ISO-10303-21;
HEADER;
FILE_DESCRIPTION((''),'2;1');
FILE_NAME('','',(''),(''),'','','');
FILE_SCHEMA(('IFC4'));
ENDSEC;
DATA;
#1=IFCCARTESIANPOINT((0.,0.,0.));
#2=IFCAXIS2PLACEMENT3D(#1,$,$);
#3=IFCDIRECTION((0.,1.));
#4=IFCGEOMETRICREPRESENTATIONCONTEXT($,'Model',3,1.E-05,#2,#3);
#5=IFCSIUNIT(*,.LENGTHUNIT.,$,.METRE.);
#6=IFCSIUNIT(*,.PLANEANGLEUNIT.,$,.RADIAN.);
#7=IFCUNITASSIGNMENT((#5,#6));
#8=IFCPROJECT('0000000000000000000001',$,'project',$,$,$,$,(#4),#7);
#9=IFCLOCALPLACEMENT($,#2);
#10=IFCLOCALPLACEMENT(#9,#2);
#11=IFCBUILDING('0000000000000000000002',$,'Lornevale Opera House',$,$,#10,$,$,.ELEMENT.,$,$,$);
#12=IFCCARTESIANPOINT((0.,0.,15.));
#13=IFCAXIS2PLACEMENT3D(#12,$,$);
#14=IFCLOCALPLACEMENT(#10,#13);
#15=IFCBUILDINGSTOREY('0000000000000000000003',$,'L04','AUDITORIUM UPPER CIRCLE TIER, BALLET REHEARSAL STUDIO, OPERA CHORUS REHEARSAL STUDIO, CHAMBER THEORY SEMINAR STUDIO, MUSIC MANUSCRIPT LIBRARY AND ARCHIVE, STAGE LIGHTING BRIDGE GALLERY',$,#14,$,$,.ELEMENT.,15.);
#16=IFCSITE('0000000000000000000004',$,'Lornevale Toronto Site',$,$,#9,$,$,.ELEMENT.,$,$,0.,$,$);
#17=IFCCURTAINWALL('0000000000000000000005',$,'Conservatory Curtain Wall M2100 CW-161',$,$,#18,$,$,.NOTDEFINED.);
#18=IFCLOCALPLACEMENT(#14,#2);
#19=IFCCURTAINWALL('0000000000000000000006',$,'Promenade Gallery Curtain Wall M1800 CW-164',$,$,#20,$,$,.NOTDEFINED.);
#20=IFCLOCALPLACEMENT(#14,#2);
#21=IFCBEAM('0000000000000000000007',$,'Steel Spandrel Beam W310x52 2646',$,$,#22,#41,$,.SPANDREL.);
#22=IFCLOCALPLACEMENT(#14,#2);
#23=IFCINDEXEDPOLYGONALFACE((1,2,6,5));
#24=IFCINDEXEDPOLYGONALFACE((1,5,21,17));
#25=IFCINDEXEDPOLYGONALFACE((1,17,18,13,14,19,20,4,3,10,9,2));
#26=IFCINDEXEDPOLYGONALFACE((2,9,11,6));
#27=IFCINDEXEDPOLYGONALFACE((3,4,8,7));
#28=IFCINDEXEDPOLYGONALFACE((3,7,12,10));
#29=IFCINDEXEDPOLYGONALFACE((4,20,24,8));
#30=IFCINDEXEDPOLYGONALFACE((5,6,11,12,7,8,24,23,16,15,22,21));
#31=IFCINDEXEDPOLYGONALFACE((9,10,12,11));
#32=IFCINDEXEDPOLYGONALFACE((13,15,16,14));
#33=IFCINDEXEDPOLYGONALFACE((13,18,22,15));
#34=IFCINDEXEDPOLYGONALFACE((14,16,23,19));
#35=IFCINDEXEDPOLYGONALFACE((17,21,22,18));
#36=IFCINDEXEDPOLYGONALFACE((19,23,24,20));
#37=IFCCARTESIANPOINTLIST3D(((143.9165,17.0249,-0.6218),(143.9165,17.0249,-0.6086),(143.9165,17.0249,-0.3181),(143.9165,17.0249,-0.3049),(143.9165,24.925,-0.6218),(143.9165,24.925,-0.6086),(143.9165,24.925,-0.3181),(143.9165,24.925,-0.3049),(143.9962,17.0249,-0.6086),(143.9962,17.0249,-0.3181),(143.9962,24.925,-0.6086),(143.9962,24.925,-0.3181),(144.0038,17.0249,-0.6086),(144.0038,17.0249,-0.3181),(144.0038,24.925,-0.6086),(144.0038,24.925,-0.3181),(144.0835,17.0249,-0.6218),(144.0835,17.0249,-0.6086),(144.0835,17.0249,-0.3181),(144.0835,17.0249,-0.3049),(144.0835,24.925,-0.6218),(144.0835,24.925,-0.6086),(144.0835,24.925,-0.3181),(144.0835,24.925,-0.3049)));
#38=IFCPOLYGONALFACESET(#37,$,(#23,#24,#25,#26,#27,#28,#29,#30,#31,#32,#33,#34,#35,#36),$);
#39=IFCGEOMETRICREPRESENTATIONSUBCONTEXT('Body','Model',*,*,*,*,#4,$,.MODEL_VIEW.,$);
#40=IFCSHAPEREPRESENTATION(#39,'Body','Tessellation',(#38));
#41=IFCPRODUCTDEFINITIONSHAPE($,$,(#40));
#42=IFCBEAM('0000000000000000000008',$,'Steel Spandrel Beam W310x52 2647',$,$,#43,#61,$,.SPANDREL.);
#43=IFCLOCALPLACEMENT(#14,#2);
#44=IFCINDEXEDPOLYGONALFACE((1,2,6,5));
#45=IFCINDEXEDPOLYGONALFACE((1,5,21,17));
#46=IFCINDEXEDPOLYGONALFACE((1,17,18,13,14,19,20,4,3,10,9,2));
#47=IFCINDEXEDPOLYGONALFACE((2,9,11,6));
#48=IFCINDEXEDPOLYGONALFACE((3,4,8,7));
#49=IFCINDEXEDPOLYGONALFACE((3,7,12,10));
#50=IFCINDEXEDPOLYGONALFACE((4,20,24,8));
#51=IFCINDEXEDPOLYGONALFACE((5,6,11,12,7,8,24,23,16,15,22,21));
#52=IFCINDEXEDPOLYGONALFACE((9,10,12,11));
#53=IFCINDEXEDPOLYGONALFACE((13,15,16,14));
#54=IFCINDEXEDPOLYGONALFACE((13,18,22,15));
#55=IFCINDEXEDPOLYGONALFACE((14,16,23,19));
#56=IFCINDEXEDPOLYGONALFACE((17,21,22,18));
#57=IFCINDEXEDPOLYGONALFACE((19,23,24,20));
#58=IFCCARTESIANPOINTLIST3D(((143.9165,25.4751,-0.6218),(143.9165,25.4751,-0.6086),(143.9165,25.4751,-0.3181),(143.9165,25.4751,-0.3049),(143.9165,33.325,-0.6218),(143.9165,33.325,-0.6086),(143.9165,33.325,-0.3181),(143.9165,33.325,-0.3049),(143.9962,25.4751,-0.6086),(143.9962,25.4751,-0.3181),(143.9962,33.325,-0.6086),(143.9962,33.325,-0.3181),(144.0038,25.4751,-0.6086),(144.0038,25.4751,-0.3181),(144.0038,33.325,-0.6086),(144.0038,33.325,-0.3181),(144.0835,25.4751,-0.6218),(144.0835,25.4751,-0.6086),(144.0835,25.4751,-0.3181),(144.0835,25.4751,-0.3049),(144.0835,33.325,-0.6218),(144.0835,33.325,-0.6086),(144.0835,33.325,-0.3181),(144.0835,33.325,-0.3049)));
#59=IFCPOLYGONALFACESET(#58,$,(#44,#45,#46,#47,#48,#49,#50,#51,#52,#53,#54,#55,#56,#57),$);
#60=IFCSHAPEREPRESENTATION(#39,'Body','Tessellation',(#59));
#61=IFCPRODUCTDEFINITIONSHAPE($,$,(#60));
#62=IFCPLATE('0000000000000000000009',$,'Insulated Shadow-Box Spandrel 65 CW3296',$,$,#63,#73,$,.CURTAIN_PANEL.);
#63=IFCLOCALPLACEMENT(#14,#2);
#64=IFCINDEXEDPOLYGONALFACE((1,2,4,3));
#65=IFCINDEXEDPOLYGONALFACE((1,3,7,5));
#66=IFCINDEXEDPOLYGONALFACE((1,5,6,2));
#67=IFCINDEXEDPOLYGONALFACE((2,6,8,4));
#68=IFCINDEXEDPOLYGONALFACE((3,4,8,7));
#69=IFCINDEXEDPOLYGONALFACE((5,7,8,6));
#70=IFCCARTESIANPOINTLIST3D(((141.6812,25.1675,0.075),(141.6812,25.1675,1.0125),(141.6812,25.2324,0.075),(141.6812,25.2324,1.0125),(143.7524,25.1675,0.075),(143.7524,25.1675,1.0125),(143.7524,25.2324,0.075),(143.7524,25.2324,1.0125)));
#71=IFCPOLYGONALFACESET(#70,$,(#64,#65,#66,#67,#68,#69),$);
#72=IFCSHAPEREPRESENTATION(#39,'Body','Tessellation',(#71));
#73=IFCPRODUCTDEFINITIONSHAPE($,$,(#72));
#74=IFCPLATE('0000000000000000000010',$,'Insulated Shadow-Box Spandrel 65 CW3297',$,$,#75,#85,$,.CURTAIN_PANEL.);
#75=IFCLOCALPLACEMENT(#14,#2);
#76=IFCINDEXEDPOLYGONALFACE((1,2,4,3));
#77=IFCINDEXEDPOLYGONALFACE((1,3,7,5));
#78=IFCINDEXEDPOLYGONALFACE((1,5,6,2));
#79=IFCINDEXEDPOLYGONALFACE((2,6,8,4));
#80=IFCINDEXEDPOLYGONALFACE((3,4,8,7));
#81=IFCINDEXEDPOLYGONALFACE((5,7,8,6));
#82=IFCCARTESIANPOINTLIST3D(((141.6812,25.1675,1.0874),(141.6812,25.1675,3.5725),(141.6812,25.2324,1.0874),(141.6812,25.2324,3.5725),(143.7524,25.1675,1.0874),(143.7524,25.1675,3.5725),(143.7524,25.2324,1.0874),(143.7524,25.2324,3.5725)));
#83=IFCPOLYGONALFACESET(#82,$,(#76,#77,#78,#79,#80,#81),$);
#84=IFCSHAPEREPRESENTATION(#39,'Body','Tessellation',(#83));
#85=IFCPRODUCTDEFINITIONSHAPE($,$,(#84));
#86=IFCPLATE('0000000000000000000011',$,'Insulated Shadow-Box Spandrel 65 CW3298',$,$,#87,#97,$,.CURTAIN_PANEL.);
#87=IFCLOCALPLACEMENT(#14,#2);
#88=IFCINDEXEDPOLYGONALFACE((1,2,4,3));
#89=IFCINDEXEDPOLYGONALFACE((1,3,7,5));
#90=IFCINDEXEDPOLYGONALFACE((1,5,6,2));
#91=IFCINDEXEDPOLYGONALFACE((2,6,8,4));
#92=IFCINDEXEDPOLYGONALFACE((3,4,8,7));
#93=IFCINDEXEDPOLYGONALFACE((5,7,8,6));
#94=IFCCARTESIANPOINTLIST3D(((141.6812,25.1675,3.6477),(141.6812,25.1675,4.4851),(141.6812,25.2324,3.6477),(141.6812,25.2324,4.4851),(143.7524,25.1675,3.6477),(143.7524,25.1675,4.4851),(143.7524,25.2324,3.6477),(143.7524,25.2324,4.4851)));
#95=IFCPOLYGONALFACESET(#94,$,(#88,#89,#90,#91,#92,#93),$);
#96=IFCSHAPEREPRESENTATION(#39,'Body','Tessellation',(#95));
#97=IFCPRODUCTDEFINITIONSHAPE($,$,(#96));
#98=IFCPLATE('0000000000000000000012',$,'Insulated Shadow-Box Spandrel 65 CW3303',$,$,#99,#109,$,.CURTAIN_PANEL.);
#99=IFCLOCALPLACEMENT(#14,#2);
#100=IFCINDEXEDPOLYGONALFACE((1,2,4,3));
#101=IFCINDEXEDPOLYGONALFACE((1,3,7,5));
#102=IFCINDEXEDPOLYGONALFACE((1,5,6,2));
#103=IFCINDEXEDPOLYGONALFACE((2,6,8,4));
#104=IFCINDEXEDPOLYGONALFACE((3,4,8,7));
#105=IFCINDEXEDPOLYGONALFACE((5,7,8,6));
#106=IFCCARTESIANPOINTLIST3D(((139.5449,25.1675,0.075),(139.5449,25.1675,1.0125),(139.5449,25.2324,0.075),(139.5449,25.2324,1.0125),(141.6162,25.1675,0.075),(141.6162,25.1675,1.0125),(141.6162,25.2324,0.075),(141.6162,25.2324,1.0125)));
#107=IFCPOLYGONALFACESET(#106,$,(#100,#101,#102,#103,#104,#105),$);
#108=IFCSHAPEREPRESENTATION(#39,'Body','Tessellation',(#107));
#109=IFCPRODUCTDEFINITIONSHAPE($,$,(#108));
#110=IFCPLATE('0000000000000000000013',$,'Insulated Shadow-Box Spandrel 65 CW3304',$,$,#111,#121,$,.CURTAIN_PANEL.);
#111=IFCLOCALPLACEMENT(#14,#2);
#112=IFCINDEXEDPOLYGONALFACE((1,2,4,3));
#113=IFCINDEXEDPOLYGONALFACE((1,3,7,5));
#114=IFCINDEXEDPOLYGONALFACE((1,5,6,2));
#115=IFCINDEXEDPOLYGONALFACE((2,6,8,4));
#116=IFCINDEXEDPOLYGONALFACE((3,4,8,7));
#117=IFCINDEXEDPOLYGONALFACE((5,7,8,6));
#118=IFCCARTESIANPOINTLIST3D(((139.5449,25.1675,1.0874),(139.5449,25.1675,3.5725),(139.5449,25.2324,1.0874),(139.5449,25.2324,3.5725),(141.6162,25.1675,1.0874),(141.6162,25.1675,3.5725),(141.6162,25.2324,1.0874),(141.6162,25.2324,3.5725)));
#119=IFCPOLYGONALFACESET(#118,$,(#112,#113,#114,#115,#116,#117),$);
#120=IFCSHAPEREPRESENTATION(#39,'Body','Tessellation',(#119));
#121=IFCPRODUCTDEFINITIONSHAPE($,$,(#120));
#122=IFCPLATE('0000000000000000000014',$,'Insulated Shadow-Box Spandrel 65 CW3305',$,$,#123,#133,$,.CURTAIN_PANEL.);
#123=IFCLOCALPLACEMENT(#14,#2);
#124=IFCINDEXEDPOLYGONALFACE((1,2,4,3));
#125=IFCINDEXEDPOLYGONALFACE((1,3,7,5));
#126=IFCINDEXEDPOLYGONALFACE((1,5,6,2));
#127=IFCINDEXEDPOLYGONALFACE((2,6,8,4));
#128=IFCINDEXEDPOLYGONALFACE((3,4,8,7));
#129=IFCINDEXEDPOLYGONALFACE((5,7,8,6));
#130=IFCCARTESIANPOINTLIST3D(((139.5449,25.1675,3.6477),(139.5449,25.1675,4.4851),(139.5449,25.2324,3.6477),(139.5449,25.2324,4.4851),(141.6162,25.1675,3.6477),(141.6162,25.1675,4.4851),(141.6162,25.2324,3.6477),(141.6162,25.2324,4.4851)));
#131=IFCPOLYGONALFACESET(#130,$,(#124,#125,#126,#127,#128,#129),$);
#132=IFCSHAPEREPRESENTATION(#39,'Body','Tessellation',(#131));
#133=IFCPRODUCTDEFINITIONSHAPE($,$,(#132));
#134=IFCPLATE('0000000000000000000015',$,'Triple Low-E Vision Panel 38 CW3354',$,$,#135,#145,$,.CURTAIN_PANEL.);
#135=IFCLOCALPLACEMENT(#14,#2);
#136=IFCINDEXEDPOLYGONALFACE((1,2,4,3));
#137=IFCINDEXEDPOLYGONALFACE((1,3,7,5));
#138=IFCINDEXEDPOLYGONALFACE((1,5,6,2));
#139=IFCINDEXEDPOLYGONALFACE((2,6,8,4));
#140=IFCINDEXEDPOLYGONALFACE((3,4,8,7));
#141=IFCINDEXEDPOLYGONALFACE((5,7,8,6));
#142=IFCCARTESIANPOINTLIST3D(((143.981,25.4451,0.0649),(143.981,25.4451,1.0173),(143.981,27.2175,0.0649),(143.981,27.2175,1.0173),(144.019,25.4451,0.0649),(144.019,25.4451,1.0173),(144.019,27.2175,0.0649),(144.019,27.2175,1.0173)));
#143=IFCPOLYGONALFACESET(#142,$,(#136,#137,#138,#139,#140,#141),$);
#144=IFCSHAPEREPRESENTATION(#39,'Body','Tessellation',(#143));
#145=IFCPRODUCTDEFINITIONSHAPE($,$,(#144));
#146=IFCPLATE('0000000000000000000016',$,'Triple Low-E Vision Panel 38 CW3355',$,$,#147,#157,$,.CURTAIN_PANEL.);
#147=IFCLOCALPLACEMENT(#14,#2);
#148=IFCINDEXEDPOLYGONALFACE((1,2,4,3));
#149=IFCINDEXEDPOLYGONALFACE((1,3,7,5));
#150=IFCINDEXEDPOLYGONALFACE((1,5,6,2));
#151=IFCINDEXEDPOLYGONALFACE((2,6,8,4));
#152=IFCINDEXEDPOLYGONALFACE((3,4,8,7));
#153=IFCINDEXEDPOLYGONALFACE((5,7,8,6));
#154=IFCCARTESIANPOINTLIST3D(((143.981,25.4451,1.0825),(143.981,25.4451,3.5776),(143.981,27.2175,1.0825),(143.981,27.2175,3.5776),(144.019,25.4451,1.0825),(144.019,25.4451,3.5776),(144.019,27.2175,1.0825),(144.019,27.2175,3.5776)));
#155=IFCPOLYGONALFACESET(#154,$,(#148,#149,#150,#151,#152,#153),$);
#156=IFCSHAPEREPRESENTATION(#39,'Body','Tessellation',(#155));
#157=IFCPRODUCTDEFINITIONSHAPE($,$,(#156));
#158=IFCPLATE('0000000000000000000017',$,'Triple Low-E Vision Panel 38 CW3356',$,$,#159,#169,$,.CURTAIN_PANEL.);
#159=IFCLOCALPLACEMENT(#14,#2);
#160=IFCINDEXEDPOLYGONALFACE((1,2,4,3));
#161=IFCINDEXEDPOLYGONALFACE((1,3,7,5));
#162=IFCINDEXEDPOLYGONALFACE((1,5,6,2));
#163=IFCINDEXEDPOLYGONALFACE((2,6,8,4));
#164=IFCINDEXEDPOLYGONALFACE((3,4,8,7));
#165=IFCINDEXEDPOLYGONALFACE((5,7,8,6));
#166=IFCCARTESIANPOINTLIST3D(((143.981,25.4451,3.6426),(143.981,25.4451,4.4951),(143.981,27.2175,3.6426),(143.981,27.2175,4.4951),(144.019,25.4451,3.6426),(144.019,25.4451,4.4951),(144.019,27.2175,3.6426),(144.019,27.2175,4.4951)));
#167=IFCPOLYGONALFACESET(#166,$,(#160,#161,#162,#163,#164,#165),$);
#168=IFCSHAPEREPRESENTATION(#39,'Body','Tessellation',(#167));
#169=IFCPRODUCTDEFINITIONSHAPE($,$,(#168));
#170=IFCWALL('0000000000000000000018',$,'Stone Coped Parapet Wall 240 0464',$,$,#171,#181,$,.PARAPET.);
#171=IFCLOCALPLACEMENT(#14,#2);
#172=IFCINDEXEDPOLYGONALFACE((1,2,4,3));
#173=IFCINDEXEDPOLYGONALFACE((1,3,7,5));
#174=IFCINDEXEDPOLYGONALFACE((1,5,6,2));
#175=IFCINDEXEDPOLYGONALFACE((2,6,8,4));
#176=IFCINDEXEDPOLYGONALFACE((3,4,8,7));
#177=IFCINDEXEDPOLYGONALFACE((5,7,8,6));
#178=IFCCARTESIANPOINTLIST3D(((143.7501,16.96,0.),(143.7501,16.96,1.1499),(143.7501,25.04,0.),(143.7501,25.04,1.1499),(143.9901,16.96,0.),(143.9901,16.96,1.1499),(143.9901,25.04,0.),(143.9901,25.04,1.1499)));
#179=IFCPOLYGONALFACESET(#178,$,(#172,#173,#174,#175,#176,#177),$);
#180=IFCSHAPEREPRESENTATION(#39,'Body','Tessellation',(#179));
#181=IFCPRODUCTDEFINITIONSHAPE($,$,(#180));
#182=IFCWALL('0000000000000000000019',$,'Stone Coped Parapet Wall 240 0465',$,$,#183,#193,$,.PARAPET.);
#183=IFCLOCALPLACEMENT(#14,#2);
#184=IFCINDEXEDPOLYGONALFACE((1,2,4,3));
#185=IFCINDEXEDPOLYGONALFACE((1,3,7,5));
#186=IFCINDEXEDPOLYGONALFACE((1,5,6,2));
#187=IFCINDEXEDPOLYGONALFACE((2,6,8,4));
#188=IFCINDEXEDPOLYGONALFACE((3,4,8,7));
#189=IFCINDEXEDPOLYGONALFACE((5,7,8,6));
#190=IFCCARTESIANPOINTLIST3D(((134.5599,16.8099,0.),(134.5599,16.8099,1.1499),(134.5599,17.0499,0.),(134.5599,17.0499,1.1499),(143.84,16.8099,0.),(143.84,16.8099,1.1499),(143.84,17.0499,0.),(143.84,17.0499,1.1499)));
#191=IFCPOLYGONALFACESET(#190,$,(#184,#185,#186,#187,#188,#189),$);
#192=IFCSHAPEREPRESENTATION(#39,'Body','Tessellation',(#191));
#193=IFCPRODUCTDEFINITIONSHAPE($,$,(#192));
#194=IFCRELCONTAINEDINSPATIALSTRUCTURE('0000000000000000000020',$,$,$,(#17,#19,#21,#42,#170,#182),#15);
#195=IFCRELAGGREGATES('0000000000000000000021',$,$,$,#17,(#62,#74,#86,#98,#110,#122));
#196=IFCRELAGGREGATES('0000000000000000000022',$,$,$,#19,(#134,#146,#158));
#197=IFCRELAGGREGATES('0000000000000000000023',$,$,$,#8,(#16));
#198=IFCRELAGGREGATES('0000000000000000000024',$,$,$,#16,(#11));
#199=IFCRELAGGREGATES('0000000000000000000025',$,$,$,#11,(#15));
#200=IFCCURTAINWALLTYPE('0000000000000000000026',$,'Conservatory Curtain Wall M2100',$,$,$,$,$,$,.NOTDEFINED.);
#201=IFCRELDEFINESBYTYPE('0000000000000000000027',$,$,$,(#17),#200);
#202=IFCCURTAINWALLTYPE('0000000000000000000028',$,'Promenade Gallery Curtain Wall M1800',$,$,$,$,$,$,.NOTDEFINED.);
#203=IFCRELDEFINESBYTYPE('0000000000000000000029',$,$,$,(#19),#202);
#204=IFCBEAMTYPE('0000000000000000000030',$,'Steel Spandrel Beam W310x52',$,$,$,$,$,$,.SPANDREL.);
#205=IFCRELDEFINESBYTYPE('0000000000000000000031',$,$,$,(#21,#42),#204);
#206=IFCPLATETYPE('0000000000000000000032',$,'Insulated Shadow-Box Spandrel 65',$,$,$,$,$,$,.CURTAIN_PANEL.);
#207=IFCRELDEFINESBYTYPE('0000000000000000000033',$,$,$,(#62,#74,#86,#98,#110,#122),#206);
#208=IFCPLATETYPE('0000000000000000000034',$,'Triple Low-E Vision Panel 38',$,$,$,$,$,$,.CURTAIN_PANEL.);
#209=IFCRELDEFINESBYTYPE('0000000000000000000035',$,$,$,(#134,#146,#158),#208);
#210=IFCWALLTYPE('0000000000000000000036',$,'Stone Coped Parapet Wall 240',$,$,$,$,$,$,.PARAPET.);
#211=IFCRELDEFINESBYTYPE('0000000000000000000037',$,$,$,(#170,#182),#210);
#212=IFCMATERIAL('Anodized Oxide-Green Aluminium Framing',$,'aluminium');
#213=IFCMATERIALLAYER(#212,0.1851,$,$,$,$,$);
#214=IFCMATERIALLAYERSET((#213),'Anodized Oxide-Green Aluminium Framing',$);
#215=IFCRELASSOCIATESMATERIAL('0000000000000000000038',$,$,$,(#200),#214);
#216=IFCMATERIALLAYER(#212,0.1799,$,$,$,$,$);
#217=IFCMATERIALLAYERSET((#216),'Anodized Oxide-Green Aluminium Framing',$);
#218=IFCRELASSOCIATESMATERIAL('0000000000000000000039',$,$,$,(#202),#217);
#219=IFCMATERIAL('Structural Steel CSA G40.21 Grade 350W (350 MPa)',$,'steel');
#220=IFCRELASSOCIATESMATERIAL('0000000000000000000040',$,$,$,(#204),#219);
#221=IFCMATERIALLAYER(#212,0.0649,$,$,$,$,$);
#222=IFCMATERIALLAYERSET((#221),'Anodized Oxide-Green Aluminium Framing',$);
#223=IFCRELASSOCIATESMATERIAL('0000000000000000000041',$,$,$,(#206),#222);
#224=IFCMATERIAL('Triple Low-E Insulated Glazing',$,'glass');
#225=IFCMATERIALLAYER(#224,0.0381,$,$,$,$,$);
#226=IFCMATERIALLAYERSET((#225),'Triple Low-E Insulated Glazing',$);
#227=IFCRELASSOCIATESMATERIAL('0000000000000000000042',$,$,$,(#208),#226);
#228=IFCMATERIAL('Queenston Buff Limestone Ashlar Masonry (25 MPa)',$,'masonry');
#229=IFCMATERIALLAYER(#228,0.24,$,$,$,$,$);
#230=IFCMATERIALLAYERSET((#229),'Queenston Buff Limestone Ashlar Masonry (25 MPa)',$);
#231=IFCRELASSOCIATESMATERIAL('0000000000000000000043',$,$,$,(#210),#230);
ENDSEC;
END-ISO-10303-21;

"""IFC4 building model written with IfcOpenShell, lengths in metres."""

from ifc_helpers import new_model, si_unit, direction, frame, frame_2d, origin, origin_2d, place, context, subcontext, project, spatial, rectangle, i_section, extrude, material, layer, layer_set, material_profile, profile_set, type_object, element, aggregate, save


model = new_model("IFC4")

# Units and contexts
model_context = context("Model", 3, precision=1e-05, world=origin(), true_north=direction((0.0, 1.0)))
body_context = subcontext(model_context, "Body", "Model", "MODEL_VIEW")
ifc_project = project(units=[si_unit("LENGTHUNIT", "METRE"), si_unit("PLANEANGLEUNIT", "RADIAN")], contexts=[model_context])

# Site, building, storey
site_placement = place(None, origin())
site = spatial("IfcSite", under=ifc_project, at=site_placement, Name="Lornevale Toronto Site", CompositionType="ELEMENT", RefElevation=0.0)
building_placement = place(site_placement, origin())
building = spatial("IfcBuilding", under=site, at=building_placement, Name="Lornevale Opera House", CompositionType="ELEMENT")
storey_placement = place(building_placement, frame((0.0, 0.0, 15.0)))
storey = spatial("IfcBuildingStorey", under=building, at=storey_placement, Name="L04", Description="AUDITORIUM UPPER CIRCLE TIER, BALLET REHEARSAL STUDIO, OPERA CHORUS REHEARSAL STUDIO, CHAMBER THEORY SEMINAR STUDIO, MUSIC MANUSCRIPT LIBRARY AND ARCHIVE, STAGE LIGHTING BRIDGE GALLERY", CompositionType="ELEMENT", Elevation=15.0)

# Shared definitions
ifc_material_1 = material(Name="Structural Steel CSA G40.21 Grade 350W (350 MPa)", Category="steel")

# Curtain wall
ifc_material_2 = material(Name="Anodized Oxide-Green Aluminium Framing", Category="aluminium")
ifc_layer_1 = layer(ifc_material_2, 0.1851)
ifc_layer_set_1 = layer_set([ifc_layer_1], Name="Anodized Oxide-Green Aluminium Framing")
curtain_wall_type_1 = type_object("IfcCurtainWallType", Name="Conservatory Curtain Wall M2100", PredefinedType="NOTDEFINED", material=ifc_layer_set_1)
curtain_wall_1_placement = place(storey_placement, origin())
curtain_wall_1 = element("IfcCurtainWall", 1, at=curtain_wall_1_placement, inside=storey, type_object=curtain_wall_type_1, Name="Conservatory Curtain Wall M2100 CW-161", PredefinedType="NOTDEFINED")

# Curtain wall
ifc_layer_2 = layer(ifc_material_2, 0.1799)
ifc_layer_set_2 = layer_set([ifc_layer_2], Name="Anodized Oxide-Green Aluminium Framing")
curtain_wall_type_2 = type_object("IfcCurtainWallType", Name="Promenade Gallery Curtain Wall M1800", PredefinedType="NOTDEFINED", material=ifc_layer_set_2)
curtain_wall_2_placement = place(storey_placement, origin())
curtain_wall_2 = element("IfcCurtainWall", 2, at=curtain_wall_2_placement, inside=storey, type_object=curtain_wall_type_2, Name="Promenade Gallery Curtain Wall M1800 CW-164", PredefinedType="NOTDEFINED")

# Beams
ifc_material_profile_1 = material_profile(ifc_material_1, i_section(OverallWidth=0.167, OverallDepth=0.3169, WebThickness=0.0076, FlangeThickness=0.0132, at=origin_2d()), Name="W310x52")
ifc_profile_set_1 = profile_set([ifc_material_profile_1], Name="Structural Steel CSA G40.21 Grade 350W (350 MPa)")
beam_type = type_object("IfcBeamType", Name="Steel Spandrel Beam W310x52", PredefinedType="SPANDREL", material=ifc_profile_set_1)
beam_1_placement = place(storey_placement, frame((144.0, 17.0249, -0.4634), z_axis=(0.0, 1.0, 0.0), x_axis=(-1.0, 0.0, 0.0)))
element("IfcBeam", 3, at=beam_1_placement, inside=storey, type_object=beam_type, Name="Steel Spandrel Beam W310x52 2646", PredefinedType="SPANDREL", context=body_context, shape_type="SweptSolid", body=[
    extrude(i_section(OverallWidth=0.167, OverallDepth=0.3169, WebThickness=0.0076, FlangeThickness=0.0132, at=origin_2d()), origin(), (0.0, 0.0, 1.0), 7.9001),
])
beam_2_placement = place(storey_placement, frame((144.0, 25.4751, -0.4634), z_axis=(0.0, 1.0, 0.0), x_axis=(-1.0, 0.0, 0.0)))
element("IfcBeam", 4, at=beam_2_placement, inside=storey, type_object=beam_type, Name="Steel Spandrel Beam W310x52 2647", PredefinedType="SPANDREL", context=body_context, shape_type="SweptSolid", body=[
    extrude(i_section(OverallWidth=0.167, OverallDepth=0.3169, WebThickness=0.0076, FlangeThickness=0.0132, at=origin_2d()), origin(), (0.0, 0.0, 1.0), 7.8499),
])

# Plates
ifc_layer_3 = layer(ifc_material_2, 0.0649)
ifc_layer_set_3 = layer_set([ifc_layer_3], Name="Anodized Oxide-Green Aluminium Framing")
plate_type_1 = type_object("IfcPlateType", Name="Insulated Shadow-Box Spandrel 65", PredefinedType="CURTAIN_PANEL", material=ifc_layer_set_3)
plate_1_placement = place(storey_placement, frame((142.7168, 25.2, 0.075), z_axis=(0.0, 0.0, 1.0), x_axis=(-1.0, 0.0, 0.0)))
plate_1 = element("IfcPlate", 5, at=plate_1_placement, type_object=plate_type_1, Name="Insulated Shadow-Box Spandrel 65 CW3296", PredefinedType="CURTAIN_PANEL", context=body_context, shape_type="SweptSolid", body=[
    extrude(rectangle(XDim=2.0713, YDim=0.0649, at=origin_2d()), origin(), (0.0, 0.0, 1.0), 0.9375),
])
plate_2_placement = place(storey_placement, frame((142.7168, 25.2, 1.0874), z_axis=(0.0, 0.0, 1.0), x_axis=(-1.0, 0.0, 0.0)))
plate_2 = element("IfcPlate", 6, at=plate_2_placement, type_object=plate_type_1, Name="Insulated Shadow-Box Spandrel 65 CW3297", PredefinedType="CURTAIN_PANEL", context=body_context, shape_type="SweptSolid", body=[
    extrude(rectangle(XDim=2.0713, YDim=0.0649, at=origin_2d()), origin(), (0.0, 0.0, 1.0), 2.4851),
])
plate_3_placement = place(storey_placement, frame((142.7168, 25.2, 3.6477), z_axis=(0.0, 0.0, 1.0), x_axis=(-1.0, 0.0, 0.0)))
plate_3 = element("IfcPlate", 7, at=plate_3_placement, type_object=plate_type_1, Name="Insulated Shadow-Box Spandrel 65 CW3298", PredefinedType="CURTAIN_PANEL", context=body_context, shape_type="SweptSolid", body=[
    extrude(rectangle(XDim=2.0713, YDim=0.0649, at=origin_2d()), origin(), (0.0, 0.0, 1.0), 0.8374),
])
plate_4_placement = place(storey_placement, frame((140.5806, 25.2, 0.075), z_axis=(0.0, 0.0, 1.0), x_axis=(-1.0, 0.0, 0.0)))
plate_4 = element("IfcPlate", 8, at=plate_4_placement, type_object=plate_type_1, Name="Insulated Shadow-Box Spandrel 65 CW3303", PredefinedType="CURTAIN_PANEL", context=body_context, shape_type="SweptSolid", body=[
    extrude(rectangle(XDim=2.0713, YDim=0.0649, at=origin_2d()), origin(), (0.0, 0.0, 1.0), 0.9375),
])
plate_5_placement = place(storey_placement, frame((140.5806, 25.2, 1.0874), z_axis=(0.0, 0.0, 1.0), x_axis=(-1.0, 0.0, 0.0)))
plate_5 = element("IfcPlate", 9, at=plate_5_placement, type_object=plate_type_1, Name="Insulated Shadow-Box Spandrel 65 CW3304", PredefinedType="CURTAIN_PANEL", context=body_context, shape_type="SweptSolid", body=[
    extrude(rectangle(XDim=2.0713, YDim=0.0649, at=origin_2d()), origin(), (0.0, 0.0, 1.0), 2.4851),
])
plate_6_placement = place(storey_placement, frame((140.5806, 25.2, 3.6477), z_axis=(0.0, 0.0, 1.0), x_axis=(-1.0, 0.0, 0.0)))
plate_6 = element("IfcPlate", 10, at=plate_6_placement, type_object=plate_type_1, Name="Insulated Shadow-Box Spandrel 65 CW3305", PredefinedType="CURTAIN_PANEL", context=body_context, shape_type="SweptSolid", body=[
    extrude(rectangle(XDim=2.0713, YDim=0.0649, at=origin_2d()), origin(), (0.0, 0.0, 1.0), 0.8374),
])
aggregate(curtain_wall_1, [plate_1, plate_2, plate_3, plate_4, plate_5, plate_6])
ifc_material_3 = material(Name="Triple Low-E Insulated Glazing", Category="glass")
ifc_layer_4 = layer(ifc_material_3, 0.0381)
ifc_layer_set_4 = layer_set([ifc_layer_4], Name="Triple Low-E Insulated Glazing")
plate_type_2 = type_object("IfcPlateType", Name="Triple Low-E Vision Panel 38", PredefinedType="CURTAIN_PANEL", material=ifc_layer_set_4)
plate_7_placement = place(storey_placement, frame((144.0, 26.3313, 0.0649), z_axis=(0.0, 0.0, 1.0), x_axis=(0.0, -1.0, 0.0)))
plate_7 = element("IfcPlate", 11, at=plate_7_placement, type_object=plate_type_2, Name="Triple Low-E Vision Panel 38 CW3354", PredefinedType="CURTAIN_PANEL", context=body_context, shape_type="SweptSolid", body=[
    extrude(rectangle(XDim=1.7725, YDim=0.0381, at=origin_2d()), origin(), (0.0, 0.0, 1.0), 0.9524),
])
plate_8_placement = place(storey_placement, frame((144.0, 26.3313, 1.0825), z_axis=(0.0, 0.0, 1.0), x_axis=(0.0, -1.0, 0.0)))
plate_8 = element("IfcPlate", 12, at=plate_8_placement, type_object=plate_type_2, Name="Triple Low-E Vision Panel 38 CW3355", PredefinedType="CURTAIN_PANEL", context=body_context, shape_type="SweptSolid", body=[
    extrude(rectangle(XDim=1.7725, YDim=0.0381, at=origin_2d()), origin(), (0.0, 0.0, 1.0), 2.4951),
])
plate_9_placement = place(storey_placement, frame((144.0, 26.3313, 3.6426), z_axis=(0.0, 0.0, 1.0), x_axis=(0.0, -1.0, 0.0)))
plate_9 = element("IfcPlate", 13, at=plate_9_placement, type_object=plate_type_2, Name="Triple Low-E Vision Panel 38 CW3356", PredefinedType="CURTAIN_PANEL", context=body_context, shape_type="SweptSolid", body=[
    extrude(rectangle(XDim=1.7725, YDim=0.0381, at=origin_2d()), origin(), (0.0, 0.0, 1.0), 0.8525),
])
aggregate(curtain_wall_2, [plate_7, plate_8, plate_9])

# Walls
ifc_material_4 = material(Name="Queenston Buff Limestone Ashlar Masonry (25 MPa)", Category="masonry")
ifc_layer_5 = layer(ifc_material_4, 0.24)
ifc_layer_set_5 = layer_set([ifc_layer_5], Name="Queenston Buff Limestone Ashlar Masonry (25 MPa)")
wall_type = type_object("IfcWallType", Name="Stone Coped Parapet Wall 240", PredefinedType="PARAPET", material=ifc_layer_set_5)
wall_1_placement = place(storey_placement, frame((143.8701, 25.04, 0.0), z_axis=(0.0, 0.0, 1.0), x_axis=(0.0, -1.0, 0.0)))
element("IfcWall", 14, at=wall_1_placement, inside=storey, type_object=wall_type, Name="Stone Coped Parapet Wall 240 0464", PredefinedType="PARAPET", context=body_context, shape_type="SweptSolid", body=[
    extrude(rectangle(XDim=8.0801, YDim=0.24, at=frame_2d((4.04, 0.0))), origin(), (0.0, 0.0, 1.0), 1.1499),
])
wall_2_placement = place(storey_placement, frame((143.8401, 16.9299, 0.0), z_axis=(0.0, 0.0, 1.0), x_axis=(-1.0, 0.0, 0.0)))
element("IfcWall", 15, at=wall_2_placement, inside=storey, type_object=wall_type, Name="Stone Coped Parapet Wall 240 0465", PredefinedType="PARAPET", context=body_context, shape_type="SweptSolid", body=[
    extrude(rectangle(XDim=9.28, YDim=0.24, at=frame_2d((4.6401, 0.0))), origin(), (0.0, 0.0, 1.0), 1.1499),
])

save(model, "model.ifc")
